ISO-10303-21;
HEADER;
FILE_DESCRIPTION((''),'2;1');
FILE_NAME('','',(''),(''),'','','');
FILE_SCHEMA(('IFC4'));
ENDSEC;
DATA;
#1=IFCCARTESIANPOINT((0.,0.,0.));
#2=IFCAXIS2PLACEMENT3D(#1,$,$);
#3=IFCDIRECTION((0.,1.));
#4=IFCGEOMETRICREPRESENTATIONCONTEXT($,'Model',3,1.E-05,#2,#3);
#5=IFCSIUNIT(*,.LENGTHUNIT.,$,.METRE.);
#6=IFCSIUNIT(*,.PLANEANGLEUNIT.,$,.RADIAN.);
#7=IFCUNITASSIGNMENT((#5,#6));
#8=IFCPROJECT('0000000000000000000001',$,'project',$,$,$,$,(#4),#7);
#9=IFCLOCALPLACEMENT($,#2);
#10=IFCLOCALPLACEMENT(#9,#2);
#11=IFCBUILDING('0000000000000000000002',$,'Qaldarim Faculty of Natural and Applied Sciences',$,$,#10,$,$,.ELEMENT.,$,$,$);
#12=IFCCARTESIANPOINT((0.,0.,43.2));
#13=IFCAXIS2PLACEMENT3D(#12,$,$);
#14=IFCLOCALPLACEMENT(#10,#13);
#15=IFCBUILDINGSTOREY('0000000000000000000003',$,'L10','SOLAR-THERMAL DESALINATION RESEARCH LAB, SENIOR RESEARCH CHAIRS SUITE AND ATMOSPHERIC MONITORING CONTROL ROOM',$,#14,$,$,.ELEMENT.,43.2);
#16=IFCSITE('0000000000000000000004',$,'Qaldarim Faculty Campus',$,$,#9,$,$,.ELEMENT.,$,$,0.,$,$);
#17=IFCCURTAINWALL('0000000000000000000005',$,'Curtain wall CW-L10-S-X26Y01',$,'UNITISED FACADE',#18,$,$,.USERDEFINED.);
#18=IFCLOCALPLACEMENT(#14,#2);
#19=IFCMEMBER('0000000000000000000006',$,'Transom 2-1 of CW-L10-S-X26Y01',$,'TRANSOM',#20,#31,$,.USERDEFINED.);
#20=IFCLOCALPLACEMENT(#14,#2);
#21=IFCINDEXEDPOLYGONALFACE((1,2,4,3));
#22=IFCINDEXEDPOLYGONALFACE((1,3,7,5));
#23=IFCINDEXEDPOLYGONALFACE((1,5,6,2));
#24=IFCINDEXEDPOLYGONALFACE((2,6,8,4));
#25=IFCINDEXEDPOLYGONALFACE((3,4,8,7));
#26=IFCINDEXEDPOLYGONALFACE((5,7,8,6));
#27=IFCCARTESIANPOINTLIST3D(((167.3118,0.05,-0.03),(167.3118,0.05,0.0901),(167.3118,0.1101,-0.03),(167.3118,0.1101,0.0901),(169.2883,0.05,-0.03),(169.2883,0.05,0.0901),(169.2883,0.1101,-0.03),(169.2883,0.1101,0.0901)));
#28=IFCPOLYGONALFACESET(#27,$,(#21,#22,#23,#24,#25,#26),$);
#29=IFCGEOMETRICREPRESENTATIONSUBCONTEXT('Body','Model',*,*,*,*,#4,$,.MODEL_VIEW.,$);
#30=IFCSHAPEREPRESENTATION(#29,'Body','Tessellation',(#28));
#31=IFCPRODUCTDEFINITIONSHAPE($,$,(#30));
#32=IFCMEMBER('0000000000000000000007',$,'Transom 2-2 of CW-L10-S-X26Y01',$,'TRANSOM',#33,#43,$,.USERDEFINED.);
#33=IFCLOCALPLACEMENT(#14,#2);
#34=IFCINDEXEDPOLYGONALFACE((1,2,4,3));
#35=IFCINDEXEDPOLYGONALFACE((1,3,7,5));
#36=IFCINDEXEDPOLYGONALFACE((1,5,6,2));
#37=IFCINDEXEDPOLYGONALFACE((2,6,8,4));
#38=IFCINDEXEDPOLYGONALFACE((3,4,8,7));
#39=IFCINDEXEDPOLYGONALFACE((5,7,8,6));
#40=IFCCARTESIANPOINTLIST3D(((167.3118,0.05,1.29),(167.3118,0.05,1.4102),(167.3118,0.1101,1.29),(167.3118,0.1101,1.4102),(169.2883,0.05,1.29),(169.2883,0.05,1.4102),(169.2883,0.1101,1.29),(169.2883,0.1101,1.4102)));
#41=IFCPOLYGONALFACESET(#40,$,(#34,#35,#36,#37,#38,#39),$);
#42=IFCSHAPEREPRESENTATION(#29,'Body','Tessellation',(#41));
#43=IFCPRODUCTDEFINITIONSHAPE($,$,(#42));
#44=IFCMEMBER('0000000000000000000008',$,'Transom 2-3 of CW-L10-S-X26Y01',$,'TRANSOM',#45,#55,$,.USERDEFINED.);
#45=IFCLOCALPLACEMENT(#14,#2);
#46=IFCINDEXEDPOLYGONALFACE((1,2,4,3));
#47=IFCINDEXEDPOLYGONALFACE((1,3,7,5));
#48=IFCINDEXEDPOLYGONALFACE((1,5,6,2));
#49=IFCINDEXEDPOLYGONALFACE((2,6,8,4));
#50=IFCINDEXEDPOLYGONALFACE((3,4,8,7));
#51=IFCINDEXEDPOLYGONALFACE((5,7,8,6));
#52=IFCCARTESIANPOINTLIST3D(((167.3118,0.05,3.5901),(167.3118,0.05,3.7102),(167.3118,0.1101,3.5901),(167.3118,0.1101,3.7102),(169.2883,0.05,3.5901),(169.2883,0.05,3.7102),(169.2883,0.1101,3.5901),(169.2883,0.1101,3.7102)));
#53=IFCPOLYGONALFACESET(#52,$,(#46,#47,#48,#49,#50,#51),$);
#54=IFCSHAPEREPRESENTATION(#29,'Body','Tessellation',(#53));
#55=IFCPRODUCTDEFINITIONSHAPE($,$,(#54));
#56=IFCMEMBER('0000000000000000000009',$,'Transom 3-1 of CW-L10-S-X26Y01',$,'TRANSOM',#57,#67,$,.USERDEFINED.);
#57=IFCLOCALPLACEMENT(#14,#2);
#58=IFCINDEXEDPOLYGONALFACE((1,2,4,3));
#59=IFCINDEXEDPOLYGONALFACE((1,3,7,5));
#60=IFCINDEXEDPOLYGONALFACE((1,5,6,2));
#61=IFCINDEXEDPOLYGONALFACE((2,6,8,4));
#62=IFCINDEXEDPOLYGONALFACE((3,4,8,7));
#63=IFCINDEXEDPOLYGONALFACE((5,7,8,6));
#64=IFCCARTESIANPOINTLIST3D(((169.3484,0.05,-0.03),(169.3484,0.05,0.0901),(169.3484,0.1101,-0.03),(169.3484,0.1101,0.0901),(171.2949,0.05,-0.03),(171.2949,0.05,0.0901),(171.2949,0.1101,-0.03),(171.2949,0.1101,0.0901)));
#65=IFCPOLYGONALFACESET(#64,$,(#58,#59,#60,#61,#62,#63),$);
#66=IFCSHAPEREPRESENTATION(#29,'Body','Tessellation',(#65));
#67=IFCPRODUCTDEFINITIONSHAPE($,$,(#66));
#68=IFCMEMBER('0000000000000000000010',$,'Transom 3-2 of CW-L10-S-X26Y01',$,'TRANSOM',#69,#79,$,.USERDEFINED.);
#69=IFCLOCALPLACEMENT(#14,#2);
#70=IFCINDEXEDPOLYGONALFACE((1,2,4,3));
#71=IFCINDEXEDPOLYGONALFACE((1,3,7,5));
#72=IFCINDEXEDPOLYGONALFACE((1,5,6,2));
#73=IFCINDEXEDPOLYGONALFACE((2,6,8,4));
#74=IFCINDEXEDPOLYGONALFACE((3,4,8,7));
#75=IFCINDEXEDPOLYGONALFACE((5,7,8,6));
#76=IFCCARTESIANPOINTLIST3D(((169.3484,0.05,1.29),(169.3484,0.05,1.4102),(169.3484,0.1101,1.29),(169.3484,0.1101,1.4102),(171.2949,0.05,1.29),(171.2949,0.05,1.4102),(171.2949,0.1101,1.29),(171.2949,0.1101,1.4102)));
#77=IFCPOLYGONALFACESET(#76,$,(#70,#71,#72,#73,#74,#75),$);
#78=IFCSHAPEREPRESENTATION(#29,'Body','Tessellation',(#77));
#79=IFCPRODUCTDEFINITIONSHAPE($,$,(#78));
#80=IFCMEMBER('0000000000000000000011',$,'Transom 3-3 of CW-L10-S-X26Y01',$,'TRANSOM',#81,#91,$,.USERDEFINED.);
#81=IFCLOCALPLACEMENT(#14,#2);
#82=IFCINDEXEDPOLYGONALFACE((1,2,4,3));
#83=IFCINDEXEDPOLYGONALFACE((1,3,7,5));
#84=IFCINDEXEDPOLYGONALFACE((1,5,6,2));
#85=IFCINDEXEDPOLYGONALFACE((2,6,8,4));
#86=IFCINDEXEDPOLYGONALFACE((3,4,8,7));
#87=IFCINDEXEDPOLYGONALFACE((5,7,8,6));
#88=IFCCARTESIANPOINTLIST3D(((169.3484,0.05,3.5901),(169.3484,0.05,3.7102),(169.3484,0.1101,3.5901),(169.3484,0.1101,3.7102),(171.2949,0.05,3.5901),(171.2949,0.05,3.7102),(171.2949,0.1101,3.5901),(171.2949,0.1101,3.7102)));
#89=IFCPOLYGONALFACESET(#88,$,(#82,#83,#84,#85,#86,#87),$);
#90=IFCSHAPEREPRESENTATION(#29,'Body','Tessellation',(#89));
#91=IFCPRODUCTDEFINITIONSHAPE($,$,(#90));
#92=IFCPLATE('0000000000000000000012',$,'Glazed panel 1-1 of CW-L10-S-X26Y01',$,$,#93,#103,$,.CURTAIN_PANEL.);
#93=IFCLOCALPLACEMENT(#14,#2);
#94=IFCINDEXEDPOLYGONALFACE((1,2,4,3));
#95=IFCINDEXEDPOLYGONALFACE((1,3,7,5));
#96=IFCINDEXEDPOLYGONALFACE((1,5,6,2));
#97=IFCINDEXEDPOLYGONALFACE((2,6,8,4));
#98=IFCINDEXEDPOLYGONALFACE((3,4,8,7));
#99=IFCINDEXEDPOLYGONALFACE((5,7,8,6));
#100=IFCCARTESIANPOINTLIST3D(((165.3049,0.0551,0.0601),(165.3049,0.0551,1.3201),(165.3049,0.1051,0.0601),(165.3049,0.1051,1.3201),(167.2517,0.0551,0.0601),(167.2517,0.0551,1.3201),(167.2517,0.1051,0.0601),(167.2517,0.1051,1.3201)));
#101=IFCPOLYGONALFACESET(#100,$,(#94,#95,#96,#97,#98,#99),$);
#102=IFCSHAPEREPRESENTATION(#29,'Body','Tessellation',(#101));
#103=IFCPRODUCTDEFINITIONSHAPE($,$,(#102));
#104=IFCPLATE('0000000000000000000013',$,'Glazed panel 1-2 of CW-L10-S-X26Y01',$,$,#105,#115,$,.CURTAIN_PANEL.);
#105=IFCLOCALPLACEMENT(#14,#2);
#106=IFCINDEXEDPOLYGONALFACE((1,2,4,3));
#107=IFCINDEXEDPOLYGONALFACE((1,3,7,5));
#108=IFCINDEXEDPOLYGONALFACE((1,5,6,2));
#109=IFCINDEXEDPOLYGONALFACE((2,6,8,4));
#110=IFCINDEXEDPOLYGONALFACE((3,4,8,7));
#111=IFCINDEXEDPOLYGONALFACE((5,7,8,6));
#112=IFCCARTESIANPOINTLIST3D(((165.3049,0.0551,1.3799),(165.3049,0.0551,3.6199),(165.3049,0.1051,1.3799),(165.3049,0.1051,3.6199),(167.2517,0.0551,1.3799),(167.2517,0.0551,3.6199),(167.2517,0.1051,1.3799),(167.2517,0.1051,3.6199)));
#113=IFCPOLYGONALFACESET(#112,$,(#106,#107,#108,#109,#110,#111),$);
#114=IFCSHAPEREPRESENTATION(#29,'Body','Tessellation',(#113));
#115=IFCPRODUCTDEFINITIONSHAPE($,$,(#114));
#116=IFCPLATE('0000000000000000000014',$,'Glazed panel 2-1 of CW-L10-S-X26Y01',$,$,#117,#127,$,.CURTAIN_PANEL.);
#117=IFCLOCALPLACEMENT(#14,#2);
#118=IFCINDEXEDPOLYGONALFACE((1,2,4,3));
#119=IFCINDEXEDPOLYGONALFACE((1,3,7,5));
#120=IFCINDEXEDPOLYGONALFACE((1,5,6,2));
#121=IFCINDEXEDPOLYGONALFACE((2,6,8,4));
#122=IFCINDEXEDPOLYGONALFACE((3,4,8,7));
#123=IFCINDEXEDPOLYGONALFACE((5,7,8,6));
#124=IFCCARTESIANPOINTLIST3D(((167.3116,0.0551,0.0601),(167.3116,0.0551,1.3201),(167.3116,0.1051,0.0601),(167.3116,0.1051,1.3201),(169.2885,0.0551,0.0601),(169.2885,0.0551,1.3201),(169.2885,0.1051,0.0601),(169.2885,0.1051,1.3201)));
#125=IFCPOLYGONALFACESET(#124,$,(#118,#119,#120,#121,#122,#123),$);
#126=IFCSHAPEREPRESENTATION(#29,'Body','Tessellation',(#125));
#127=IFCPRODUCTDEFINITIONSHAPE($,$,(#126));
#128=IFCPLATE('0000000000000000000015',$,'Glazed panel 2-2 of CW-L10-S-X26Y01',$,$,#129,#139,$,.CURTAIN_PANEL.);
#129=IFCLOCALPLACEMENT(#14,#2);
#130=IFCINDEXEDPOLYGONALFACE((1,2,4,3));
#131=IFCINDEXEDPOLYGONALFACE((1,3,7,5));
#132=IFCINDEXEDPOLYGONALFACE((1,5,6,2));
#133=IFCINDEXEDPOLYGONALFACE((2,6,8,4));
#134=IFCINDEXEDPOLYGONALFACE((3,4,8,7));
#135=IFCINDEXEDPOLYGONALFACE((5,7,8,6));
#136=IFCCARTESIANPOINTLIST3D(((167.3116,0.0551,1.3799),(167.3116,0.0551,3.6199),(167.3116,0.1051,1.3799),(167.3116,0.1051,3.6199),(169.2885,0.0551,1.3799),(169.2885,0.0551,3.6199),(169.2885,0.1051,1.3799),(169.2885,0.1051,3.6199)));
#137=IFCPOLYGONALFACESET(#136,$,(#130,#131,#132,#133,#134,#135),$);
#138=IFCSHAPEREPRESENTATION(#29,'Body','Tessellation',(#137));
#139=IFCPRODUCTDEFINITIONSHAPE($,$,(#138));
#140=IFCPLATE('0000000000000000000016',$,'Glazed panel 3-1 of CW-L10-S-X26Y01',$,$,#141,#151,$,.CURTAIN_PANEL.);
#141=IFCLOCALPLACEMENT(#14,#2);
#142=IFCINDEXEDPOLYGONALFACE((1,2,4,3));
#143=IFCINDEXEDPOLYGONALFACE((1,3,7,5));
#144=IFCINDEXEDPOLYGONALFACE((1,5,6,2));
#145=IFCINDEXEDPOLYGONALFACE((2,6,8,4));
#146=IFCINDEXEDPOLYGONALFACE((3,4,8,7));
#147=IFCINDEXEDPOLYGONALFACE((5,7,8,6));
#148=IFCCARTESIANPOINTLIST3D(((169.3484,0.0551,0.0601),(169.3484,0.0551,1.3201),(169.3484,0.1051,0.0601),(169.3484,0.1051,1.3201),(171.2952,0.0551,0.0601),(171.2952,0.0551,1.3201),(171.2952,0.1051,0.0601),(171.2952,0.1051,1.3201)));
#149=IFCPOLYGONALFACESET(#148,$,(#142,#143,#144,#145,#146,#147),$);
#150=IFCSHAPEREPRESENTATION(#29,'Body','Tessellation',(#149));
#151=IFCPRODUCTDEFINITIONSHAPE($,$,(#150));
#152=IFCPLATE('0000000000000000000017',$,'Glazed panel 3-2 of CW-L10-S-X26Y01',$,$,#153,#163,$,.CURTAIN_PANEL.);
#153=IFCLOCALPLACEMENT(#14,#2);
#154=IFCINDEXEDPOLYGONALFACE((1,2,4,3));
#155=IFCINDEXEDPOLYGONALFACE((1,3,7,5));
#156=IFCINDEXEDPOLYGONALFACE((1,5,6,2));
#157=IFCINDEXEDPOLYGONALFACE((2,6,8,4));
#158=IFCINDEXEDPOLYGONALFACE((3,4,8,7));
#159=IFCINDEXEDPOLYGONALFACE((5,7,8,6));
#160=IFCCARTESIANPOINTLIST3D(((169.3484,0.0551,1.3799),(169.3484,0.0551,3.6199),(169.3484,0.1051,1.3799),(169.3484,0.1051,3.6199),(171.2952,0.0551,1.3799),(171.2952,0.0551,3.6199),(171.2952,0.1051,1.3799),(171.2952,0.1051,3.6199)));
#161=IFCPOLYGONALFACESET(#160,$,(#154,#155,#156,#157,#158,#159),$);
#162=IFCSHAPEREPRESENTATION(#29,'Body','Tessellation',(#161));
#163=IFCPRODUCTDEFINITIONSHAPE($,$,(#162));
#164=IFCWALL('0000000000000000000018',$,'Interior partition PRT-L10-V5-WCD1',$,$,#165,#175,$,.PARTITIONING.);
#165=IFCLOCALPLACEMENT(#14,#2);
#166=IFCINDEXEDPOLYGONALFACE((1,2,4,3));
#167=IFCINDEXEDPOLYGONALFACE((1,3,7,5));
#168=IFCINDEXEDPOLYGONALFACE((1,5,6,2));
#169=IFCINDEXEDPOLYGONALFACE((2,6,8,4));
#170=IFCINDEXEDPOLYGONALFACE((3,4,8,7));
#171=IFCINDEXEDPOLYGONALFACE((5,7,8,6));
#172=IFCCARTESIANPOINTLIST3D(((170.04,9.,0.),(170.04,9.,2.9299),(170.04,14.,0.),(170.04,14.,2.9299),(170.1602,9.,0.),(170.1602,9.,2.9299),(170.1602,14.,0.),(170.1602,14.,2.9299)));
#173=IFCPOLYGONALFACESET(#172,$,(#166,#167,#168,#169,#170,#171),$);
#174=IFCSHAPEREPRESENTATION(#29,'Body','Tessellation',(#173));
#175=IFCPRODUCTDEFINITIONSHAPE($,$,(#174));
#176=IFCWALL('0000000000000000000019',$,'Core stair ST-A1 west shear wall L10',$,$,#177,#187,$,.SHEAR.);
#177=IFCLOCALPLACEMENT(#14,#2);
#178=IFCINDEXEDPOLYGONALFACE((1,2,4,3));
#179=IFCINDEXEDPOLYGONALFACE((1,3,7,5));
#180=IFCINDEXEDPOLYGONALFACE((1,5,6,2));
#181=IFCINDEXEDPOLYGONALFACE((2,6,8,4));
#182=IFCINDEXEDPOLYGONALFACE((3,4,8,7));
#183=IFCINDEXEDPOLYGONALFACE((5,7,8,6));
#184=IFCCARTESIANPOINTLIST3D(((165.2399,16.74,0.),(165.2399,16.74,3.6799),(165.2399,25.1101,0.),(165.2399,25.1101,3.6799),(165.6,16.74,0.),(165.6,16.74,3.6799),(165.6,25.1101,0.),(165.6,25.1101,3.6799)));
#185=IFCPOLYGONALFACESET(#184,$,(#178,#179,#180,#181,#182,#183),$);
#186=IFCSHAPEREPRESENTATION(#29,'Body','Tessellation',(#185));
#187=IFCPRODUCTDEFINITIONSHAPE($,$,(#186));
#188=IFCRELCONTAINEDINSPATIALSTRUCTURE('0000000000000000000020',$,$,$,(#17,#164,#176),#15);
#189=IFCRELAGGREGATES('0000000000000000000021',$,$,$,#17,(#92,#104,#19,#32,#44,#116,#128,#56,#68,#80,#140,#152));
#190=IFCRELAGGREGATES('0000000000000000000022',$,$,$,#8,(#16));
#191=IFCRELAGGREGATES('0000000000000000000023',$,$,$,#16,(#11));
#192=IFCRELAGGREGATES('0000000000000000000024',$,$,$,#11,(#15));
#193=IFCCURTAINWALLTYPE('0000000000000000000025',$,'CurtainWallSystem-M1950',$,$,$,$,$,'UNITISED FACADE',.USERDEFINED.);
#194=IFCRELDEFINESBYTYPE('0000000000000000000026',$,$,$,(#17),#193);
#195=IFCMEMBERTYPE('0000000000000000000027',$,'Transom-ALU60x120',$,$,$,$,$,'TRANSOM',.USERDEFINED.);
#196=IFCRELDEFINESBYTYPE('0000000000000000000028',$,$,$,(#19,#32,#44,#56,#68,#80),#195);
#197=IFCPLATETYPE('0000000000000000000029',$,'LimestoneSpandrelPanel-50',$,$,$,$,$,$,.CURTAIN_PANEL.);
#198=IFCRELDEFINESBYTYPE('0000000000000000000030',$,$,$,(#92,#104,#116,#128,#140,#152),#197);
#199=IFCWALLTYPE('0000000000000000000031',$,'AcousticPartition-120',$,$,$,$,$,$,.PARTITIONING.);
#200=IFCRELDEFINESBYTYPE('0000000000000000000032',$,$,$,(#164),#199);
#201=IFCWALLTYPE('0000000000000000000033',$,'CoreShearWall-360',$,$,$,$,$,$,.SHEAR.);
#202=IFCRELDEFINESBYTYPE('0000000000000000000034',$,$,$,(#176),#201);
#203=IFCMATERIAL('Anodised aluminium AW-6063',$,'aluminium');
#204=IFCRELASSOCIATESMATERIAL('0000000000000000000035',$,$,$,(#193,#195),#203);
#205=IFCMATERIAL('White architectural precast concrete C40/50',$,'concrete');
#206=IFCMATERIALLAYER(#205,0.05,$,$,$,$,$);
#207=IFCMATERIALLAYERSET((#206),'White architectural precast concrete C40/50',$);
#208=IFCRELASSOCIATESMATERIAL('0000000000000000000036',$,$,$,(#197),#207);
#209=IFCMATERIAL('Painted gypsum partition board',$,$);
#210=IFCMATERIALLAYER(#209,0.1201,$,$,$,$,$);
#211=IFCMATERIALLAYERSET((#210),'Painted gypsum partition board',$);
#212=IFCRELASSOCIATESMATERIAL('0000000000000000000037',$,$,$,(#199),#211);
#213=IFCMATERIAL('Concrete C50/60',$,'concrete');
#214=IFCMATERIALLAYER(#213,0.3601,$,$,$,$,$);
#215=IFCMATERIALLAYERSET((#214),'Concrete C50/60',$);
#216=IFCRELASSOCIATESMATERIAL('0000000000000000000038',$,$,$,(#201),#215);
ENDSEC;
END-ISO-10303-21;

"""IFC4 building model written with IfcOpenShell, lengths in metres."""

from ifc_helpers import new_model, si_unit, direction, frame, frame_2d, origin, origin_2d, place, context, subcontext, project, spatial, rectangle, extrude, material, layer, layer_set, material_profile, profile_set, type_object, element, aggregate, save


model = new_model("IFC4")

# Units and contexts
model_context = context("Model", 3, precision=1e-05, world=origin(), true_north=direction((0.0, 1.0)))
body_context = subcontext(model_context, "Body", "Model", "MODEL_VIEW")
ifc_project = project(units=[si_unit("LENGTHUNIT", "METRE"), si_unit("PLANEANGLEUNIT", "RADIAN")], contexts=[model_context])

# Site, building, storey
site_placement = place(None, origin())
site = spatial("IfcSite", under=ifc_project, at=site_placement, Name="Qaldarim Faculty Campus", CompositionType="ELEMENT", RefElevation=0.0)
building_placement = place(site_placement, origin())
building = spatial("IfcBuilding", under=site, at=building_placement, Name="Qaldarim Faculty of Natural and Applied Sciences", CompositionType="ELEMENT")
storey_placement = place(building_placement, frame((0.0, 0.0, 43.2)))
storey = spatial("IfcBuildingStorey", under=building, at=storey_placement, Name="L10", Description="SOLAR-THERMAL DESALINATION RESEARCH LAB, SENIOR RESEARCH CHAIRS SUITE AND ATMOSPHERIC MONITORING CONTROL ROOM", CompositionType="ELEMENT", Elevation=43.2)

# Shared definitions
ifc_material_1 = material(Name="Concrete C50/60", Category="concrete")

# Curtain wall
ifc_material_2 = material(Name="Anodised aluminium AW-6063", Category="aluminium")
curtain_wall_type = type_object("IfcCurtainWallType", Name="CurtainWallSystem-M1950", ElementType="UNITISED FACADE", PredefinedType="USERDEFINED", material=ifc_material_2)
curtain_wall_placement = place(storey_placement, origin())
curtain_wall = element("IfcCurtainWall", 1, at=curtain_wall_placement, inside=storey, type_object=curtain_wall_type, Name="Curtain wall CW-L10-S-X26Y01", ObjectType="UNITISED FACADE", PredefinedType="USERDEFINED")

# Members
ifc_material_profile_1 = material_profile(ifc_material_2, rectangle(XDim=0.0601, YDim=0.1201, at=origin_2d()), Name="ALU-T60x120")
ifc_profile_set_1 = profile_set([ifc_material_profile_1], Name="Anodised aluminium AW-6063")
member_type_1 = type_object("IfcMemberType", Name="Transom-ALU60x120", ElementType="TRANSOM", PredefinedType="USERDEFINED", material=ifc_profile_set_1)
member_1_placement = place(storey_placement, frame((167.3118, 0.0801, 0.03), z_axis=(1.0, 0.0, 0.0), x_axis=(0.0, 1.0, 0.0)))
member_1 = element("IfcMember", 2, at=member_1_placement, type_object=member_type_1, Name="Transom 2-1 of CW-L10-S-X26Y01", ObjectType="TRANSOM", PredefinedType="USERDEFINED", context=body_context, shape_type="SweptSolid", body=[
    extrude(rectangle(XDim=0.0601, YDim=0.1201, at=origin_2d()), origin(), (0.0, 0.0, 1.0), 1.9766),
])
member_2_placement = place(storey_placement, frame((167.3118, 0.0801, 1.3501), z_axis=(1.0, 0.0, 0.0), x_axis=(0.0, 1.0, 0.0)))
member_2 = element("IfcMember", 3, at=member_2_placement, type_object=member_type_1, Name="Transom 2-2 of CW-L10-S-X26Y01", ObjectType="TRANSOM", PredefinedType="USERDEFINED", context=body_context, shape_type="SweptSolid", body=[
    extrude(rectangle(XDim=0.0601, YDim=0.1201, at=origin_2d()), origin(), (0.0, 0.0, 1.0), 1.9766),
])
member_3_placement = place(storey_placement, frame((167.3118, 0.0801, 3.6501), z_axis=(1.0, 0.0, 0.0), x_axis=(0.0, 1.0, 0.0)))
member_3 = element("IfcMember", 4, at=member_3_placement, type_object=member_type_1, Name="Transom 2-3 of CW-L10-S-X26Y01", ObjectType="TRANSOM", PredefinedType="USERDEFINED", context=body_context, shape_type="SweptSolid", body=[
    extrude(rectangle(XDim=0.0601, YDim=0.1201, at=origin_2d()), origin(), (0.0, 0.0, 1.0), 1.9766),
])
member_4_placement = place(storey_placement, frame((169.3484, 0.0801, 0.03), z_axis=(1.0, 0.0, 0.0), x_axis=(0.0, 1.0, 0.0)))
member_4 = element("IfcMember", 5, at=member_4_placement, type_object=member_type_1, Name="Transom 3-1 of CW-L10-S-X26Y01", ObjectType="TRANSOM", PredefinedType="USERDEFINED", context=body_context, shape_type="SweptSolid", body=[
    extrude(rectangle(XDim=0.0601, YDim=0.1201, at=origin_2d()), origin(), (0.0, 0.0, 1.0), 1.9465),
])
member_5_placement = place(storey_placement, frame((169.3484, 0.0801, 1.3501), z_axis=(1.0, 0.0, 0.0), x_axis=(0.0, 1.0, 0.0)))
member_5 = element("IfcMember", 6, at=member_5_placement, type_object=member_type_1, Name="Transom 3-2 of CW-L10-S-X26Y01", ObjectType="TRANSOM", PredefinedType="USERDEFINED", context=body_context, shape_type="SweptSolid", body=[
    extrude(rectangle(XDim=0.0601, YDim=0.1201, at=origin_2d()), origin(), (0.0, 0.0, 1.0), 1.9465),
])
member_6_placement = place(storey_placement, frame((169.3484, 0.0801, 3.6501), z_axis=(1.0, 0.0, 0.0), x_axis=(0.0, 1.0, 0.0)))
member_6 = element("IfcMember", 7, at=member_6_placement, type_object=member_type_1, Name="Transom 3-3 of CW-L10-S-X26Y01", ObjectType="TRANSOM", PredefinedType="USERDEFINED", context=body_context, shape_type="SweptSolid", body=[
    extrude(rectangle(XDim=0.0601, YDim=0.1201, at=origin_2d()), origin(), (0.0, 0.0, 1.0), 1.9465),
])

# Plates
ifc_material_3 = material(Name="White architectural precast concrete C40/50", Category="concrete")
ifc_layer_1 = layer(ifc_material_3, 0.05)
ifc_layer_set_1 = layer_set([ifc_layer_1], Name="White architectural precast concrete C40/50")
plate_type = type_object("IfcPlateType", Name="LimestoneSpandrelPanel-50", PredefinedType="CURTAIN_PANEL", material=ifc_layer_set_1)
plate_1_placement = place(storey_placement, frame((166.2783, 0.0801, 0.0601), z_axis=(0.0, 0.0, 1.0), x_axis=(1.0, 0.0, 0.0)))
plate_1 = element("IfcPlate", 8, at=plate_1_placement, type_object=plate_type, Name="Glazed panel 1-1 of CW-L10-S-X26Y01", PredefinedType="CURTAIN_PANEL", context=body_context, shape_type="SweptSolid", body=[
    extrude(rectangle(XDim=1.9468, YDim=0.05, at=origin_2d()), origin(), (0.0, 0.0, 1.0), 1.26),
])
plate_2_placement = place(storey_placement, frame((166.2783, 0.0801, 1.3799), z_axis=(0.0, 0.0, 1.0), x_axis=(1.0, 0.0, 0.0)))
plate_2 = element("IfcPlate", 9, at=plate_2_placement, type_object=plate_type, Name="Glazed panel 1-2 of CW-L10-S-X26Y01", PredefinedType="CURTAIN_PANEL", context=body_context, shape_type="SweptSolid", body=[
    extrude(rectangle(XDim=1.9468, YDim=0.05, at=origin_2d()), origin(), (0.0, 0.0, 1.0), 2.24),
])
plate_3_placement = place(storey_placement, frame((168.3, 0.0801, 0.0601), z_axis=(0.0, 0.0, 1.0), x_axis=(1.0, 0.0, 0.0)))
plate_3 = element("IfcPlate", 10, at=plate_3_placement, type_object=plate_type, Name="Glazed panel 2-1 of CW-L10-S-X26Y01", PredefinedType="CURTAIN_PANEL", context=body_context, shape_type="SweptSolid", body=[
    extrude(rectangle(XDim=1.9768, YDim=0.05, at=origin_2d()), origin(), (0.0, 0.0, 1.0), 1.26),
])
plate_4_placement = place(storey_placement, frame((168.3, 0.0801, 1.3799), z_axis=(0.0, 0.0, 1.0), x_axis=(1.0, 0.0, 0.0)))
plate_4 = element("IfcPlate", 11, at=plate_4_placement, type_object=plate_type, Name="Glazed panel 2-2 of CW-L10-S-X26Y01", PredefinedType="CURTAIN_PANEL", context=body_context, shape_type="SweptSolid", body=[
    extrude(rectangle(XDim=1.9768, YDim=0.05, at=origin_2d()), origin(), (0.0, 0.0, 1.0), 2.24),
])
plate_5_placement = place(storey_placement, frame((170.3218, 0.0801, 0.0601), z_axis=(0.0, 0.0, 1.0), x_axis=(1.0, 0.0, 0.0)))
plate_5 = element("IfcPlate", 12, at=plate_5_placement, type_object=plate_type, Name="Glazed panel 3-1 of CW-L10-S-X26Y01", PredefinedType="CURTAIN_PANEL", context=body_context, shape_type="SweptSolid", body=[
    extrude(rectangle(XDim=1.9468, YDim=0.05, at=origin_2d()), origin(), (0.0, 0.0, 1.0), 1.26),
])
plate_6_placement = place(storey_placement, frame((170.3218, 0.0801, 1.3799), z_axis=(0.0, 0.0, 1.0), x_axis=(1.0, 0.0, 0.0)))
plate_6 = element("IfcPlate", 13, at=plate_6_placement, type_object=plate_type, Name="Glazed panel 3-2 of CW-L10-S-X26Y01", PredefinedType="CURTAIN_PANEL", context=body_context, shape_type="SweptSolid", body=[
    extrude(rectangle(XDim=1.9468, YDim=0.05, at=origin_2d()), origin(), (0.0, 0.0, 1.0), 2.24),
])
aggregate(curtain_wall, [plate_1, plate_2, member_1, member_2, member_3, plate_3, plate_4, member_4, member_5, member_6, plate_5, plate_6])

# Walls
ifc_material_4 = material(Name="Painted gypsum partition board")
ifc_layer_2 = layer(ifc_material_4, 0.1201)
ifc_layer_set_2 = layer_set([ifc_layer_2], Name="Painted gypsum partition board")
wall_type_1 = type_object("IfcWallType", Name="AcousticPartition-120", PredefinedType="PARTITIONING", material=ifc_layer_set_2)
wall_1_placement = place(storey_placement, frame((170.1001, 9.0, 0.0), z_axis=(0.0, 0.0, 1.0), x_axis=(0.0, 1.0, 0.0)))
element("IfcWall", 14, at=wall_1_placement, inside=storey, type_object=wall_type_1, Name="Interior partition PRT-L10-V5-WCD1", PredefinedType="PARTITIONING", context=body_context, shape_type="SweptSolid", body=[
    extrude(rectangle(XDim=5.0, YDim=0.1201, at=frame_2d((2.5, 0.0))), origin(), (0.0, 0.0, 1.0), 2.9299),
])
ifc_layer_3 = layer(ifc_material_1, 0.3601)
ifc_layer_set_3 = layer_set([ifc_layer_3], Name="Concrete C50/60")
wall_type_2 = type_object("IfcWallType", Name="CoreShearWall-360", PredefinedType="SHEAR", material=ifc_layer_set_3)
wall_2_placement = place(storey_placement, frame((165.4199, 16.74, 0.0), z_axis=(0.0, 0.0, 1.0), x_axis=(0.0, 1.0, 0.0)))
element("IfcWall", 15, at=wall_2_placement, inside=storey, type_object=wall_type_2, Name="Core stair ST-A1 west shear wall L10", PredefinedType="SHEAR", context=body_context, shape_type="SweptSolid", body=[
    extrude(rectangle(XDim=8.3701, YDim=0.3601, at=frame_2d((4.1851, 0.0))), origin(), (0.0, 0.0, 1.0), 3.6799),
])

save(model, "model.ifc")
